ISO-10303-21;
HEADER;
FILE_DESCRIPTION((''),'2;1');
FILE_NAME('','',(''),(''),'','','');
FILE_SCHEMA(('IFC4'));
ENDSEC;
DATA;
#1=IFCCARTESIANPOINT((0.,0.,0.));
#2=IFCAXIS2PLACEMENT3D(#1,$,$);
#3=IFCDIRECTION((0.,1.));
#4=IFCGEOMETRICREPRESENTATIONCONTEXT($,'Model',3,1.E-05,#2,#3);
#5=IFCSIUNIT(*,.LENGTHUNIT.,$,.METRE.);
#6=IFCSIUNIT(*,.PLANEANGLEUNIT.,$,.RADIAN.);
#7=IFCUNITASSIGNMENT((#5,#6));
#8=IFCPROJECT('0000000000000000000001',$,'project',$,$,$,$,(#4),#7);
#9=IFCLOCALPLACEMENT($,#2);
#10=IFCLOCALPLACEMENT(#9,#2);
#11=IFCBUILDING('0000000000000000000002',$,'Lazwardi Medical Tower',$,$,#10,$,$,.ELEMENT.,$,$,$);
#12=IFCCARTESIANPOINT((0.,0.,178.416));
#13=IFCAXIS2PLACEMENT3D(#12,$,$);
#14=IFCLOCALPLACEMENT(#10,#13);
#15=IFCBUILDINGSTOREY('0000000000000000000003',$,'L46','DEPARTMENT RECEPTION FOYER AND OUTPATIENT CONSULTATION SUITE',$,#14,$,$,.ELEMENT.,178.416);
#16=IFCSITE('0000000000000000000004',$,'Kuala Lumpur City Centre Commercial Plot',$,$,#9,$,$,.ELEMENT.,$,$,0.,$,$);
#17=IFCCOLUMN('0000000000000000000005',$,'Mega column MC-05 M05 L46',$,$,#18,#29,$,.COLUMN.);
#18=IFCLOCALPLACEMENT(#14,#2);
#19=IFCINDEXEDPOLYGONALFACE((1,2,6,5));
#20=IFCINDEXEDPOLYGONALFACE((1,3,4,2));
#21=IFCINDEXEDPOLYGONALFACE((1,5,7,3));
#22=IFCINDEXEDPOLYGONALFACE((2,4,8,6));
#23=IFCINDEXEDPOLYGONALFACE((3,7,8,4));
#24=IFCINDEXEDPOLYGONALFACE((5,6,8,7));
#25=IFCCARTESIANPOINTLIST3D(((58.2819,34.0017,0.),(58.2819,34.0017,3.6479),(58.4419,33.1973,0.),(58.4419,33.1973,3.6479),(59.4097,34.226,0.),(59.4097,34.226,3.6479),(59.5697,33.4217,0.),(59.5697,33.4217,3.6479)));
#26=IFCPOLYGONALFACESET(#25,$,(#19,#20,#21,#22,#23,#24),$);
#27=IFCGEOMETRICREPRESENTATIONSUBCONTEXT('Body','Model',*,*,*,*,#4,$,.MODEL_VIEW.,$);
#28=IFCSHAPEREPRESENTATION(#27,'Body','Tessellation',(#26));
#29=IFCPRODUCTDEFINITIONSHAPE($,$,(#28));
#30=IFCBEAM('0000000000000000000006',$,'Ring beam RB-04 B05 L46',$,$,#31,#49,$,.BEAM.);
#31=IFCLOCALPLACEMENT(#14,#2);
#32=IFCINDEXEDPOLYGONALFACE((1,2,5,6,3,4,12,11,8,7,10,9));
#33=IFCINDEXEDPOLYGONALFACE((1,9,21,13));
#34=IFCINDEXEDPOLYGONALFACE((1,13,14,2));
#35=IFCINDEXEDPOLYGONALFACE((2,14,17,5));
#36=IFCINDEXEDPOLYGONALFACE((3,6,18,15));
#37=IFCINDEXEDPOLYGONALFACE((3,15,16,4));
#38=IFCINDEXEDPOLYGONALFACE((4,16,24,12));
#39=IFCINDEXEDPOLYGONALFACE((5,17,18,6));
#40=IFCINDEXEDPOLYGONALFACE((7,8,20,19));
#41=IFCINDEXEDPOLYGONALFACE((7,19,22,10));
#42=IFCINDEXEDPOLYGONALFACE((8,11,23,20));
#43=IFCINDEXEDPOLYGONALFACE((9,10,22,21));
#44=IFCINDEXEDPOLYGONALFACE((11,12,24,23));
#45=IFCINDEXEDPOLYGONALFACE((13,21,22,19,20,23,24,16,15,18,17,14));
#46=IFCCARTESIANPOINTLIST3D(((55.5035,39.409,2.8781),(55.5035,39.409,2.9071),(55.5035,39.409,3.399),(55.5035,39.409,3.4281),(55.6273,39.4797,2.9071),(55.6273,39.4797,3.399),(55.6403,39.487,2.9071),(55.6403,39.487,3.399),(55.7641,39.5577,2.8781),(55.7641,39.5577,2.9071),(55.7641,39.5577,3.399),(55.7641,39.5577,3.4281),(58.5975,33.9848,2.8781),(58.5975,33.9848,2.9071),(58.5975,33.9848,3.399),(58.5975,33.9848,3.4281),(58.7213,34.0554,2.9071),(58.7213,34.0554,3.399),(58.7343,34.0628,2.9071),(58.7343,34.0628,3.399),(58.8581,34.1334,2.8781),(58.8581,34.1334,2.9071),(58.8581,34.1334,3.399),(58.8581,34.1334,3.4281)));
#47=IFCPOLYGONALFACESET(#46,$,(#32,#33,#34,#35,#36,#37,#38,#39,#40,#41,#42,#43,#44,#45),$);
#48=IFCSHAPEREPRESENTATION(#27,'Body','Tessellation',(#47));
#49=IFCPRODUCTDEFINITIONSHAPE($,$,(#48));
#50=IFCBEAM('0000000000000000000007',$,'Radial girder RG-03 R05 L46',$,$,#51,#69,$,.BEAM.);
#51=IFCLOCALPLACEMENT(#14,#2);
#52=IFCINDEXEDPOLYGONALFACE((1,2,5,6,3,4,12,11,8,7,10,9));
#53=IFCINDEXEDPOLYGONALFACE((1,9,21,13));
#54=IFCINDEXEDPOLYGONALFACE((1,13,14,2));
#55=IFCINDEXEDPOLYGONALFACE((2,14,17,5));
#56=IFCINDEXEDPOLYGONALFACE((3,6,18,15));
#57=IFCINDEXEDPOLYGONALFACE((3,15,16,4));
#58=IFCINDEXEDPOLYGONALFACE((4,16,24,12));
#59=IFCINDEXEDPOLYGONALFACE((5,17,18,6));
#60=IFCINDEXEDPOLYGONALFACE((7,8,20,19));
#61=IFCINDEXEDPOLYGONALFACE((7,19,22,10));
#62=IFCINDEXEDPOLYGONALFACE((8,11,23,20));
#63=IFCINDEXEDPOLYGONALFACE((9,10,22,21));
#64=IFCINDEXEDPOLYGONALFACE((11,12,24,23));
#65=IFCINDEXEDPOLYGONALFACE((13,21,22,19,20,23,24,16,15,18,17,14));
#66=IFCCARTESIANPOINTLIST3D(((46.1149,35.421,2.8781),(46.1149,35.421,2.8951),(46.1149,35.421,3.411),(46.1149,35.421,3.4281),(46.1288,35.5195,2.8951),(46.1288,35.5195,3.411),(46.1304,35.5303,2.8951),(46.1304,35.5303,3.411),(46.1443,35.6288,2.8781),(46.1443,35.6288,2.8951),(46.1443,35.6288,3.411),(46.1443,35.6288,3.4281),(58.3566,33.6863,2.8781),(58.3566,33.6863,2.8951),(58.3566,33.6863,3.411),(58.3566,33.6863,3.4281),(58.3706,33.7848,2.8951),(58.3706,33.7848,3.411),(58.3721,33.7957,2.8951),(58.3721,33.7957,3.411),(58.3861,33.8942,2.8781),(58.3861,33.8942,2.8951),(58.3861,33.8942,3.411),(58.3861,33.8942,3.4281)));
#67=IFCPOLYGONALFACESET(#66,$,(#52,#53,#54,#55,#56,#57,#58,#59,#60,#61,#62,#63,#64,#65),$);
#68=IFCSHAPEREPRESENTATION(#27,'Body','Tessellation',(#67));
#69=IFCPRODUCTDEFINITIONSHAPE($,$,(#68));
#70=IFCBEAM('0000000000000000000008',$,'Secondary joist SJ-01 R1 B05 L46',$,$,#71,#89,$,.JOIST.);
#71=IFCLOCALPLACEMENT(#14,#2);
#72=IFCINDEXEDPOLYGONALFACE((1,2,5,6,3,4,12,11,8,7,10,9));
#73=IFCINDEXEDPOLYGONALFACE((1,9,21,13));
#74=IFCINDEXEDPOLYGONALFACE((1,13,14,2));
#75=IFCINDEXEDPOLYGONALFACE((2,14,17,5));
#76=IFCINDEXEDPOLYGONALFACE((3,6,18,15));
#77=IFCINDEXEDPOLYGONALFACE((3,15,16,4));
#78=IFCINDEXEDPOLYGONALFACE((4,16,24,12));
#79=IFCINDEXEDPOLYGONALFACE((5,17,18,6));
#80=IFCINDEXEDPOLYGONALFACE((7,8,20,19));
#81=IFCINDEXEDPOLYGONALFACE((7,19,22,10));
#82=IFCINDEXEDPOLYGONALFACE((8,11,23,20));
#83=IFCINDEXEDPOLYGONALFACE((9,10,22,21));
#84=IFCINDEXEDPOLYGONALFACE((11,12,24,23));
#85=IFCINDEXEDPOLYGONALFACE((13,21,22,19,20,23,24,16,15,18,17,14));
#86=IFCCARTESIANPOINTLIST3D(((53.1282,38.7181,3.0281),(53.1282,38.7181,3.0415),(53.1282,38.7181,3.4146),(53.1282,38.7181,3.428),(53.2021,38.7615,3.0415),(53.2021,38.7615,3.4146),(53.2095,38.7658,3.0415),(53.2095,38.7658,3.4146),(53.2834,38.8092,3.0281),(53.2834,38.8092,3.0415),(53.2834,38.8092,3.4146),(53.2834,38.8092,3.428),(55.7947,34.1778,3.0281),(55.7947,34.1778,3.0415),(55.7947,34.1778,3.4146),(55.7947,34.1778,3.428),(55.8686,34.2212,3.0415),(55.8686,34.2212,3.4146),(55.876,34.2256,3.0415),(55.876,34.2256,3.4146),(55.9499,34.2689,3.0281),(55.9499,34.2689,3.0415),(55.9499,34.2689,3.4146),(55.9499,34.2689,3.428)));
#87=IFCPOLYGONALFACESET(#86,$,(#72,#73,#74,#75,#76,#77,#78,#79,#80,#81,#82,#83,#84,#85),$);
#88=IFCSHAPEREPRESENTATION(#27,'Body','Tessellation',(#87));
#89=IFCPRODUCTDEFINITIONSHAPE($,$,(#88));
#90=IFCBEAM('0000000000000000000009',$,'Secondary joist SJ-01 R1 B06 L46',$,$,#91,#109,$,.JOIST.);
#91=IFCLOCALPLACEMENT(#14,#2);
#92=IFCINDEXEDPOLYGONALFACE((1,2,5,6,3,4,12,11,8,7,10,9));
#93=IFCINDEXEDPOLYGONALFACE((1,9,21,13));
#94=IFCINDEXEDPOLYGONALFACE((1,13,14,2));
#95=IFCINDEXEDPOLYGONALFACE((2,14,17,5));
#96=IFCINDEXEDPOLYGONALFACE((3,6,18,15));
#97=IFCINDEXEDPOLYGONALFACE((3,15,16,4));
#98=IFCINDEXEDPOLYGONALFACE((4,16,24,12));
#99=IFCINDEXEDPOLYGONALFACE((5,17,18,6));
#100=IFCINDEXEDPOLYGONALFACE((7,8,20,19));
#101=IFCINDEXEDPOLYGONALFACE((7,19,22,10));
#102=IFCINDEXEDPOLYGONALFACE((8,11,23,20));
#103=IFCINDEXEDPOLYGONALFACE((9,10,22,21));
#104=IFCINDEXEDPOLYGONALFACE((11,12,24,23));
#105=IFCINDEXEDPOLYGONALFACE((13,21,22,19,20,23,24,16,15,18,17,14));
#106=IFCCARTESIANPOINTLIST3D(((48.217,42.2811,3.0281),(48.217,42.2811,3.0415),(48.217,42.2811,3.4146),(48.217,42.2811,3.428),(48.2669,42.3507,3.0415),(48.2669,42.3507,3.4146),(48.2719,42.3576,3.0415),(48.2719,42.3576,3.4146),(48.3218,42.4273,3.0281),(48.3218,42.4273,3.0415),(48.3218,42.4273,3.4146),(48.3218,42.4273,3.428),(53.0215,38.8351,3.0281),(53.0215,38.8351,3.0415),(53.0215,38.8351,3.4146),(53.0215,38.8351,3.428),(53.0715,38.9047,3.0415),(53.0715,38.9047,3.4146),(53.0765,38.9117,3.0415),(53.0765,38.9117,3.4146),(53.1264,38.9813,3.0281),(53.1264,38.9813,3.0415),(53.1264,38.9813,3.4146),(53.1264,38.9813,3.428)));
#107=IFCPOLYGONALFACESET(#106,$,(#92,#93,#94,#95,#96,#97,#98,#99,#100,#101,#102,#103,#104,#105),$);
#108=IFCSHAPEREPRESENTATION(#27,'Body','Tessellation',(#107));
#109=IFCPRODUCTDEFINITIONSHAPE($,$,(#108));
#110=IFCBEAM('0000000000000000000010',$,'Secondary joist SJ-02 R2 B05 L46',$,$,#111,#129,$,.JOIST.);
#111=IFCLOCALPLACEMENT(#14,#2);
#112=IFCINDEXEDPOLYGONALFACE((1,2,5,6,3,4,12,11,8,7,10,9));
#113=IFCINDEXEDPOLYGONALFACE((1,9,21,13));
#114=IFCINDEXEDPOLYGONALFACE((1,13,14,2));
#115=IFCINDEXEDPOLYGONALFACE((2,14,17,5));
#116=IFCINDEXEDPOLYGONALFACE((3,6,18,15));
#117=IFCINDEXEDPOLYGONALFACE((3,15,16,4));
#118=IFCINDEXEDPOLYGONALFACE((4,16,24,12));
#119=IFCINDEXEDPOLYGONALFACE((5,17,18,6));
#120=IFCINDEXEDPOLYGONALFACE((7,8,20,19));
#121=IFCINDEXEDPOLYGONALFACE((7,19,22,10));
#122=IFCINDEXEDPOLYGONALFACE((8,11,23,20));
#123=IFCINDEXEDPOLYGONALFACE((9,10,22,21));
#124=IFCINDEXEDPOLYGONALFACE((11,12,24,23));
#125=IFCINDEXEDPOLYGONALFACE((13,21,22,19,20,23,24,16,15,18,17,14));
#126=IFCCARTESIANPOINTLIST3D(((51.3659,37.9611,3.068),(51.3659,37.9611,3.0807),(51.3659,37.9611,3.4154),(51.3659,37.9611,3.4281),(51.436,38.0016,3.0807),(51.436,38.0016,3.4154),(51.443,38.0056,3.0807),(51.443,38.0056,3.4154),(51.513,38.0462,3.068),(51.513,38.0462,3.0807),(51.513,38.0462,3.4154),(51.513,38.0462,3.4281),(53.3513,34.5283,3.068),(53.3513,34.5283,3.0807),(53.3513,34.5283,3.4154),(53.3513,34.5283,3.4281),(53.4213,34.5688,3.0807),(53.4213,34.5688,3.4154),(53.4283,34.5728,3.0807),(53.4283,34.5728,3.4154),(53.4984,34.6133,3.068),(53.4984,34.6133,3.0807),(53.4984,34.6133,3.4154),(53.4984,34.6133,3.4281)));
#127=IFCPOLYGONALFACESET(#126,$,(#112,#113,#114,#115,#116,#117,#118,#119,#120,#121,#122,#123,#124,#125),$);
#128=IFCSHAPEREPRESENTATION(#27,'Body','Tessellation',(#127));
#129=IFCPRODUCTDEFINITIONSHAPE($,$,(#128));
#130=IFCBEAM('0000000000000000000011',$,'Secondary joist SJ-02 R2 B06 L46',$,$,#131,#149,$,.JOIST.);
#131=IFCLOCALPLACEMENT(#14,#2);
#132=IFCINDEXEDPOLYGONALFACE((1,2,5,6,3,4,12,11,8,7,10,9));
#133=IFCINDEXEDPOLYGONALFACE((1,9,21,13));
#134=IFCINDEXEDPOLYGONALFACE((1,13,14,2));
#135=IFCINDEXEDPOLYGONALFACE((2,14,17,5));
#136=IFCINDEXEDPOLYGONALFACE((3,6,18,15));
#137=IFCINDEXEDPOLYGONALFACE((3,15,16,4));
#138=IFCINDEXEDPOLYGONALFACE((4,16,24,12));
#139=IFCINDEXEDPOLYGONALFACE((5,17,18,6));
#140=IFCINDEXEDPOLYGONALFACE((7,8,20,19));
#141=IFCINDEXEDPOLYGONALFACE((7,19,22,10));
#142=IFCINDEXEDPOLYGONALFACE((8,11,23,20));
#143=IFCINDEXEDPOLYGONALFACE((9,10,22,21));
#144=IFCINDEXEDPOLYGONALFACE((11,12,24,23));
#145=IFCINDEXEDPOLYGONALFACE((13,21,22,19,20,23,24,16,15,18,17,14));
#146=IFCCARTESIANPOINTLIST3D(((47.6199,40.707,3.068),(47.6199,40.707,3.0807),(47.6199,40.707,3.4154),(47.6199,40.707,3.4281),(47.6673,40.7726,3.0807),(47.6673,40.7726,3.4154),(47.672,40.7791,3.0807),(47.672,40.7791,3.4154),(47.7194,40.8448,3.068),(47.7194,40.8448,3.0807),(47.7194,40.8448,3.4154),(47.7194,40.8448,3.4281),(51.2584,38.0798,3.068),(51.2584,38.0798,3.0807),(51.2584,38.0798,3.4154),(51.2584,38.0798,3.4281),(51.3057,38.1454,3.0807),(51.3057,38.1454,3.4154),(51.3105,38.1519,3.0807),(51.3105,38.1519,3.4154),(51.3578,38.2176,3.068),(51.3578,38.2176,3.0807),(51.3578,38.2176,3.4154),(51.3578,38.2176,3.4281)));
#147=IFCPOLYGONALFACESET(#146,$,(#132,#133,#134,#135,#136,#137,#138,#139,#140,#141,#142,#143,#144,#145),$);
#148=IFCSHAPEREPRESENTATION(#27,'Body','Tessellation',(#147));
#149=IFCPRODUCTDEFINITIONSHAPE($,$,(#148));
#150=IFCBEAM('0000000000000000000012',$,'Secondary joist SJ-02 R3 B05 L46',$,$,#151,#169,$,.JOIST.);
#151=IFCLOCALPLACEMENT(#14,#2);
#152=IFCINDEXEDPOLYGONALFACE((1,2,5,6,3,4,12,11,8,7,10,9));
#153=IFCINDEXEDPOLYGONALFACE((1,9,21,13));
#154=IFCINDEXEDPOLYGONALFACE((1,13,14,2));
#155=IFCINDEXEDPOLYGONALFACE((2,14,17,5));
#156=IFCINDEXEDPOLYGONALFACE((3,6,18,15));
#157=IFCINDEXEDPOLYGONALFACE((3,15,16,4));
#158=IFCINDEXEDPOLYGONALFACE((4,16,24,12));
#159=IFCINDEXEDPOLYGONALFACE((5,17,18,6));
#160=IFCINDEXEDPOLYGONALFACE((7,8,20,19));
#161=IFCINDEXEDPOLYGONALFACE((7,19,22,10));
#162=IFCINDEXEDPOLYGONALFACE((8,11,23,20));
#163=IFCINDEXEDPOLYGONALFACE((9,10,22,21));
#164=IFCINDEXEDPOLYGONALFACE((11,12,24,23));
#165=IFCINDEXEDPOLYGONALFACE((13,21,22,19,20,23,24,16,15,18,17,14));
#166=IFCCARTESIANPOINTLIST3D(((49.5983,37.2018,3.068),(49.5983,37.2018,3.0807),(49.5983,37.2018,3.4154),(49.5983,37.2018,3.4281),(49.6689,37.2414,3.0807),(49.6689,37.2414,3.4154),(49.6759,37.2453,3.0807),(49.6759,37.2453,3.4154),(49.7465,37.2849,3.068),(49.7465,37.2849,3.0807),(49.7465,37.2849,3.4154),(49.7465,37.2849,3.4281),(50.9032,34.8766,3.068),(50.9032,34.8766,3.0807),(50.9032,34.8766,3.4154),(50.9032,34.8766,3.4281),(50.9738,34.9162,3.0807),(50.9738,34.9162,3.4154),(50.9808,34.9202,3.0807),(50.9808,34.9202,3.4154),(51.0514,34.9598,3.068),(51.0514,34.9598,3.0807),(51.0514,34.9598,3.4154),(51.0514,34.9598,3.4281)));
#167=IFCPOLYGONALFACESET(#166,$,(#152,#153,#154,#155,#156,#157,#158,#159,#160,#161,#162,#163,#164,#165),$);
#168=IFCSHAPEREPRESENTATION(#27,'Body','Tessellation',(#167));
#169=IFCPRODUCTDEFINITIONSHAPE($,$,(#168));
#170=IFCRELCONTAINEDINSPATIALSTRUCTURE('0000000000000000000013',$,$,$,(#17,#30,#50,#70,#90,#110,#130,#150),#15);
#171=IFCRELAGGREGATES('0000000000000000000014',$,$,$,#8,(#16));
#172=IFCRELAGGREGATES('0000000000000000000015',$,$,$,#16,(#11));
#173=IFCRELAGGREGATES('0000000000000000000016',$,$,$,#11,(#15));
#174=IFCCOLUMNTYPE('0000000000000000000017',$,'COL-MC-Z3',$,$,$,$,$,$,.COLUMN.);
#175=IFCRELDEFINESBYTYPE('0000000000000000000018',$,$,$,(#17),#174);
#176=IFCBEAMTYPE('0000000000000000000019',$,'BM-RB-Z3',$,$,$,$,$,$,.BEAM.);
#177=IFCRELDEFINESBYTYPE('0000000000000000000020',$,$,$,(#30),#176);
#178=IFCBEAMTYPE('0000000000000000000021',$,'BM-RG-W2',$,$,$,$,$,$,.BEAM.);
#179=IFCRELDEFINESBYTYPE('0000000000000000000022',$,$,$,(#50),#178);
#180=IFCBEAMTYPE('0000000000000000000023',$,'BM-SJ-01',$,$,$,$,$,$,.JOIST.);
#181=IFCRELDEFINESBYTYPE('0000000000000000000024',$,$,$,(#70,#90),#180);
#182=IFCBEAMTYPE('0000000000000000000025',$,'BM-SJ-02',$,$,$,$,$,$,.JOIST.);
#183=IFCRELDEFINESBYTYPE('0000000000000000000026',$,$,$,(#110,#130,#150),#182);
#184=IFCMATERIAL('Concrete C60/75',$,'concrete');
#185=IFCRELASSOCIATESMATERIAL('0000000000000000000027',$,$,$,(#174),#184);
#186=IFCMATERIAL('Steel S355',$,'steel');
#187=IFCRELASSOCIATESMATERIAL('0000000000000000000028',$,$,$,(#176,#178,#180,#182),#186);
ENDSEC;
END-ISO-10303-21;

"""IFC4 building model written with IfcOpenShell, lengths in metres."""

from ifc_helpers import new_model, si_unit, direction, frame, origin, origin_2d, place, context, subcontext, project, spatial, rectangle, i_section, extrude, material, material_profile, profile_set, type_object, element, save


model = new_model("IFC4")

# Units and contexts
model_context = context("Model", 3, precision=1e-05, world=origin(), true_north=direction((0.0, 1.0)))
body_context = subcontext(model_context, "Body", "Model", "MODEL_VIEW")
ifc_project = project(units=[si_unit("LENGTHUNIT", "METRE"), si_unit("PLANEANGLEUNIT", "RADIAN")], contexts=[model_context])

# Site, building, storey
site_placement = place(None, origin())
site = spatial("IfcSite", under=ifc_project, at=site_placement, Name="Kuala Lumpur City Centre Commercial Plot", CompositionType="ELEMENT", RefElevation=0.0)
building_placement = place(site_placement, origin())
building = spatial("IfcBuilding", under=site, at=building_placement, Name="Lazwardi Medical Tower", CompositionType="ELEMENT")
storey_placement = place(building_placement, frame((0.0, 0.0, 178.416)))
storey = spatial("IfcBuildingStorey", under=building, at=storey_placement, Name="L46", Description="DEPARTMENT RECEPTION FOYER AND OUTPATIENT CONSULTATION SUITE", CompositionType="ELEMENT", Elevation=178.416)

# Column
ifc_material_1 = material(Name="Concrete C60/75", Category="concrete")
ifc_material_profile_1 = material_profile(ifc_material_1, rectangle(XDim=1.1499, YDim=0.8201, at=origin_2d()), Name="CFT-RECT 1150x820")
ifc_profile_set_1 = profile_set([ifc_material_profile_1], Name="Concrete C60/75")
column_type = type_object("IfcColumnType", Name="COL-MC-Z3", PredefinedType="COLUMN", material=ifc_profile_set_1)
column_placement = place(storey_placement, frame((58.9258, 33.7117, 0.0), z_axis=(0.0, 0.0, 1.0), x_axis=(0.980785, 0.19509, 0.0)))
element("IfcColumn", 1, at=column_placement, inside=storey, type_object=column_type, Name="Mega column MC-05 M05 L46", PredefinedType="COLUMN", context=body_context, shape_type="SweptSolid", body=[
    extrude(rectangle(XDim=1.1499, YDim=0.8201, at=origin_2d()), origin(), (0.0, 0.0, 1.0), 3.6479),
])

# Beams
ifc_material_2 = material(Name="Steel S355", Category="steel")
ifc_material_profile_2 = material_profile(ifc_material_2, i_section(OverallWidth=0.3, OverallDepth=0.55, WebThickness=0.0149, FlangeThickness=0.0291, at=origin_2d()), Name="HEB 550")
ifc_profile_set_2 = profile_set([ifc_material_profile_2], Name="Steel S355")
beam_type_1 = type_object("IfcBeamType", Name="BM-RB-Z3", PredefinedType="BEAM", material=ifc_profile_set_2)
beam_1_placement = place(storey_placement, frame((58.7278, 34.0591, 3.1531), z_axis=(-0.495461, 0.86863, 0.0), x_axis=(-0.86863, -0.495461, 0.0)))
element("IfcBeam", 2, at=beam_1_placement, inside=storey, type_object=beam_type_1, Name="Ring beam RB-04 B05 L46", PredefinedType="BEAM", context=body_context, shape_type="SweptSolid", body=[
    extrude(i_section(OverallWidth=0.3, OverallDepth=0.55, WebThickness=0.0149, FlangeThickness=0.0291, at=origin_2d()), origin(), (0.0, 0.0, 1.0), 6.2446),
])
ifc_material_profile_3 = material_profile(ifc_material_2, i_section(OverallWidth=0.21, OverallDepth=0.55, WebThickness=0.011, FlangeThickness=0.0171, at=origin_2d()), Name="IPE 550")
ifc_profile_set_3 = profile_set([ifc_material_profile_3], Name="Steel S355")
beam_type_2 = type_object("IfcBeamType", Name="BM-RG-W2", PredefinedType="BEAM", material=ifc_profile_set_3)
beam_2_placement = place(storey_placement, frame((58.3713, 33.7903, 3.1531), z_axis=(-0.99011, 0.140296, 0.0), x_axis=(-0.140296, -0.99011, 0.0)))
element("IfcBeam", 3, at=beam_2_placement, inside=storey, type_object=beam_type_2, Name="Radial girder RG-03 R05 L46", PredefinedType="BEAM", context=body_context, shape_type="SweptSolid", body=[
    extrude(i_section(OverallWidth=0.21, OverallDepth=0.55, WebThickness=0.011, FlangeThickness=0.0171, at=origin_2d()), origin(), (0.0, 0.0, 1.0), 12.364),
])
ifc_material_profile_4 = material_profile(ifc_material_2, i_section(OverallWidth=0.1799, OverallDepth=0.3999, WebThickness=0.0085, FlangeThickness=0.0134, at=origin_2d()), Name="IPE 400")
ifc_profile_set_4 = profile_set([ifc_material_profile_4], Name="Steel S355")
beam_type_3 = type_object("IfcBeamType", Name="BM-SJ-01", PredefinedType="JOIST", material=ifc_profile_set_4)
beam_3_placement = place(storey_placement, frame((55.8723, 34.2234, 3.228), z_axis=(-0.50642, 0.862287, 0.0), x_axis=(-0.862287, -0.50642, 0.0)))
element("IfcBeam", 4, at=beam_3_placement, inside=storey, type_object=beam_type_3, Name="Secondary joist SJ-01 R1 B05 L46", PredefinedType="JOIST", context=body_context, shape_type="SweptSolid", body=[
    extrude(i_section(OverallWidth=0.1799, OverallDepth=0.3999, WebThickness=0.0085, FlangeThickness=0.0134, at=origin_2d()), origin(), (0.0, 0.0, 1.0), 5.2654),
])
beam_4_placement = place(storey_placement, frame((53.074, 38.9082, 3.228), z_axis=(-0.812602, 0.582819, 0.0), x_axis=(-0.582819, -0.812602, 0.0)))
element("IfcBeam", 5, at=beam_4_placement, inside=storey, type_object=beam_type_3, Name="Secondary joist SJ-01 R1 B06 L46", PredefinedType="JOIST", context=body_context, shape_type="SweptSolid", body=[
    extrude(i_section(OverallWidth=0.1799, OverallDepth=0.3999, WebThickness=0.0085, FlangeThickness=0.0134, at=origin_2d()), origin(), (0.0, 0.0, 1.0), 5.9126),
])
ifc_material_profile_5 = material_profile(ifc_material_2, i_section(OverallWidth=0.1699, OverallDepth=0.3601, WebThickness=0.0081, FlangeThickness=0.0127, at=origin_2d()), Name="IPE 360")
ifc_profile_set_5 = profile_set([ifc_material_profile_5], Name="Steel S355")
beam_type_4 = type_object("IfcBeamType", Name="BM-SJ-02", PredefinedType="JOIST", material=ifc_profile_set_5)
beam_5_placement = place(storey_placement, frame((53.4248, 34.5708, 3.248), z_axis=(-0.500641, 0.865655, 0.0), x_axis=(-0.865655, -0.500641, 0.0)))
element("IfcBeam", 6, at=beam_5_placement, inside=storey, type_object=beam_type_4, Name="Secondary joist SJ-02 R2 B05 L46", PredefinedType="JOIST", context=body_context, shape_type="SweptSolid", body=[
    extrude(i_section(OverallWidth=0.1699, OverallDepth=0.3601, WebThickness=0.0081, FlangeThickness=0.0127, at=origin_2d()), origin(), (0.0, 0.0, 1.0), 3.9656),
])
beam_6_placement = place(storey_placement, frame((51.3081, 38.1487, 3.248), z_axis=(-0.810738, 0.585409, 0.0), x_axis=(-0.585409, -0.810738, 0.0)))
element("IfcBeam", 7, at=beam_6_placement, inside=storey, type_object=beam_type_4, Name="Secondary joist SJ-02 R2 B06 L46", PredefinedType="JOIST", context=body_context, shape_type="SweptSolid", body=[
    extrude(i_section(OverallWidth=0.1699, OverallDepth=0.3601, WebThickness=0.0081, FlangeThickness=0.0127, at=origin_2d()), origin(), (0.0, 0.0, 1.0), 4.4878),
])
beam_7_placement = place(storey_placement, frame((50.9773, 34.9182, 3.248), z_axis=(-0.489409, 0.872054, 0.0), x_axis=(-0.872054, -0.489409, 0.0)))
element("IfcBeam", 8, at=beam_7_placement, inside=storey, type_object=beam_type_4, Name="Secondary joist SJ-02 R3 B05 L46", PredefinedType="JOIST", context=body_context, shape_type="SweptSolid", body=[
    extrude(i_section(OverallWidth=0.1699, OverallDepth=0.3601, WebThickness=0.0081, FlangeThickness=0.0127, at=origin_2d()), origin(), (0.0, 0.0, 1.0), 2.6663),
])

save(model, "model.ifc")
